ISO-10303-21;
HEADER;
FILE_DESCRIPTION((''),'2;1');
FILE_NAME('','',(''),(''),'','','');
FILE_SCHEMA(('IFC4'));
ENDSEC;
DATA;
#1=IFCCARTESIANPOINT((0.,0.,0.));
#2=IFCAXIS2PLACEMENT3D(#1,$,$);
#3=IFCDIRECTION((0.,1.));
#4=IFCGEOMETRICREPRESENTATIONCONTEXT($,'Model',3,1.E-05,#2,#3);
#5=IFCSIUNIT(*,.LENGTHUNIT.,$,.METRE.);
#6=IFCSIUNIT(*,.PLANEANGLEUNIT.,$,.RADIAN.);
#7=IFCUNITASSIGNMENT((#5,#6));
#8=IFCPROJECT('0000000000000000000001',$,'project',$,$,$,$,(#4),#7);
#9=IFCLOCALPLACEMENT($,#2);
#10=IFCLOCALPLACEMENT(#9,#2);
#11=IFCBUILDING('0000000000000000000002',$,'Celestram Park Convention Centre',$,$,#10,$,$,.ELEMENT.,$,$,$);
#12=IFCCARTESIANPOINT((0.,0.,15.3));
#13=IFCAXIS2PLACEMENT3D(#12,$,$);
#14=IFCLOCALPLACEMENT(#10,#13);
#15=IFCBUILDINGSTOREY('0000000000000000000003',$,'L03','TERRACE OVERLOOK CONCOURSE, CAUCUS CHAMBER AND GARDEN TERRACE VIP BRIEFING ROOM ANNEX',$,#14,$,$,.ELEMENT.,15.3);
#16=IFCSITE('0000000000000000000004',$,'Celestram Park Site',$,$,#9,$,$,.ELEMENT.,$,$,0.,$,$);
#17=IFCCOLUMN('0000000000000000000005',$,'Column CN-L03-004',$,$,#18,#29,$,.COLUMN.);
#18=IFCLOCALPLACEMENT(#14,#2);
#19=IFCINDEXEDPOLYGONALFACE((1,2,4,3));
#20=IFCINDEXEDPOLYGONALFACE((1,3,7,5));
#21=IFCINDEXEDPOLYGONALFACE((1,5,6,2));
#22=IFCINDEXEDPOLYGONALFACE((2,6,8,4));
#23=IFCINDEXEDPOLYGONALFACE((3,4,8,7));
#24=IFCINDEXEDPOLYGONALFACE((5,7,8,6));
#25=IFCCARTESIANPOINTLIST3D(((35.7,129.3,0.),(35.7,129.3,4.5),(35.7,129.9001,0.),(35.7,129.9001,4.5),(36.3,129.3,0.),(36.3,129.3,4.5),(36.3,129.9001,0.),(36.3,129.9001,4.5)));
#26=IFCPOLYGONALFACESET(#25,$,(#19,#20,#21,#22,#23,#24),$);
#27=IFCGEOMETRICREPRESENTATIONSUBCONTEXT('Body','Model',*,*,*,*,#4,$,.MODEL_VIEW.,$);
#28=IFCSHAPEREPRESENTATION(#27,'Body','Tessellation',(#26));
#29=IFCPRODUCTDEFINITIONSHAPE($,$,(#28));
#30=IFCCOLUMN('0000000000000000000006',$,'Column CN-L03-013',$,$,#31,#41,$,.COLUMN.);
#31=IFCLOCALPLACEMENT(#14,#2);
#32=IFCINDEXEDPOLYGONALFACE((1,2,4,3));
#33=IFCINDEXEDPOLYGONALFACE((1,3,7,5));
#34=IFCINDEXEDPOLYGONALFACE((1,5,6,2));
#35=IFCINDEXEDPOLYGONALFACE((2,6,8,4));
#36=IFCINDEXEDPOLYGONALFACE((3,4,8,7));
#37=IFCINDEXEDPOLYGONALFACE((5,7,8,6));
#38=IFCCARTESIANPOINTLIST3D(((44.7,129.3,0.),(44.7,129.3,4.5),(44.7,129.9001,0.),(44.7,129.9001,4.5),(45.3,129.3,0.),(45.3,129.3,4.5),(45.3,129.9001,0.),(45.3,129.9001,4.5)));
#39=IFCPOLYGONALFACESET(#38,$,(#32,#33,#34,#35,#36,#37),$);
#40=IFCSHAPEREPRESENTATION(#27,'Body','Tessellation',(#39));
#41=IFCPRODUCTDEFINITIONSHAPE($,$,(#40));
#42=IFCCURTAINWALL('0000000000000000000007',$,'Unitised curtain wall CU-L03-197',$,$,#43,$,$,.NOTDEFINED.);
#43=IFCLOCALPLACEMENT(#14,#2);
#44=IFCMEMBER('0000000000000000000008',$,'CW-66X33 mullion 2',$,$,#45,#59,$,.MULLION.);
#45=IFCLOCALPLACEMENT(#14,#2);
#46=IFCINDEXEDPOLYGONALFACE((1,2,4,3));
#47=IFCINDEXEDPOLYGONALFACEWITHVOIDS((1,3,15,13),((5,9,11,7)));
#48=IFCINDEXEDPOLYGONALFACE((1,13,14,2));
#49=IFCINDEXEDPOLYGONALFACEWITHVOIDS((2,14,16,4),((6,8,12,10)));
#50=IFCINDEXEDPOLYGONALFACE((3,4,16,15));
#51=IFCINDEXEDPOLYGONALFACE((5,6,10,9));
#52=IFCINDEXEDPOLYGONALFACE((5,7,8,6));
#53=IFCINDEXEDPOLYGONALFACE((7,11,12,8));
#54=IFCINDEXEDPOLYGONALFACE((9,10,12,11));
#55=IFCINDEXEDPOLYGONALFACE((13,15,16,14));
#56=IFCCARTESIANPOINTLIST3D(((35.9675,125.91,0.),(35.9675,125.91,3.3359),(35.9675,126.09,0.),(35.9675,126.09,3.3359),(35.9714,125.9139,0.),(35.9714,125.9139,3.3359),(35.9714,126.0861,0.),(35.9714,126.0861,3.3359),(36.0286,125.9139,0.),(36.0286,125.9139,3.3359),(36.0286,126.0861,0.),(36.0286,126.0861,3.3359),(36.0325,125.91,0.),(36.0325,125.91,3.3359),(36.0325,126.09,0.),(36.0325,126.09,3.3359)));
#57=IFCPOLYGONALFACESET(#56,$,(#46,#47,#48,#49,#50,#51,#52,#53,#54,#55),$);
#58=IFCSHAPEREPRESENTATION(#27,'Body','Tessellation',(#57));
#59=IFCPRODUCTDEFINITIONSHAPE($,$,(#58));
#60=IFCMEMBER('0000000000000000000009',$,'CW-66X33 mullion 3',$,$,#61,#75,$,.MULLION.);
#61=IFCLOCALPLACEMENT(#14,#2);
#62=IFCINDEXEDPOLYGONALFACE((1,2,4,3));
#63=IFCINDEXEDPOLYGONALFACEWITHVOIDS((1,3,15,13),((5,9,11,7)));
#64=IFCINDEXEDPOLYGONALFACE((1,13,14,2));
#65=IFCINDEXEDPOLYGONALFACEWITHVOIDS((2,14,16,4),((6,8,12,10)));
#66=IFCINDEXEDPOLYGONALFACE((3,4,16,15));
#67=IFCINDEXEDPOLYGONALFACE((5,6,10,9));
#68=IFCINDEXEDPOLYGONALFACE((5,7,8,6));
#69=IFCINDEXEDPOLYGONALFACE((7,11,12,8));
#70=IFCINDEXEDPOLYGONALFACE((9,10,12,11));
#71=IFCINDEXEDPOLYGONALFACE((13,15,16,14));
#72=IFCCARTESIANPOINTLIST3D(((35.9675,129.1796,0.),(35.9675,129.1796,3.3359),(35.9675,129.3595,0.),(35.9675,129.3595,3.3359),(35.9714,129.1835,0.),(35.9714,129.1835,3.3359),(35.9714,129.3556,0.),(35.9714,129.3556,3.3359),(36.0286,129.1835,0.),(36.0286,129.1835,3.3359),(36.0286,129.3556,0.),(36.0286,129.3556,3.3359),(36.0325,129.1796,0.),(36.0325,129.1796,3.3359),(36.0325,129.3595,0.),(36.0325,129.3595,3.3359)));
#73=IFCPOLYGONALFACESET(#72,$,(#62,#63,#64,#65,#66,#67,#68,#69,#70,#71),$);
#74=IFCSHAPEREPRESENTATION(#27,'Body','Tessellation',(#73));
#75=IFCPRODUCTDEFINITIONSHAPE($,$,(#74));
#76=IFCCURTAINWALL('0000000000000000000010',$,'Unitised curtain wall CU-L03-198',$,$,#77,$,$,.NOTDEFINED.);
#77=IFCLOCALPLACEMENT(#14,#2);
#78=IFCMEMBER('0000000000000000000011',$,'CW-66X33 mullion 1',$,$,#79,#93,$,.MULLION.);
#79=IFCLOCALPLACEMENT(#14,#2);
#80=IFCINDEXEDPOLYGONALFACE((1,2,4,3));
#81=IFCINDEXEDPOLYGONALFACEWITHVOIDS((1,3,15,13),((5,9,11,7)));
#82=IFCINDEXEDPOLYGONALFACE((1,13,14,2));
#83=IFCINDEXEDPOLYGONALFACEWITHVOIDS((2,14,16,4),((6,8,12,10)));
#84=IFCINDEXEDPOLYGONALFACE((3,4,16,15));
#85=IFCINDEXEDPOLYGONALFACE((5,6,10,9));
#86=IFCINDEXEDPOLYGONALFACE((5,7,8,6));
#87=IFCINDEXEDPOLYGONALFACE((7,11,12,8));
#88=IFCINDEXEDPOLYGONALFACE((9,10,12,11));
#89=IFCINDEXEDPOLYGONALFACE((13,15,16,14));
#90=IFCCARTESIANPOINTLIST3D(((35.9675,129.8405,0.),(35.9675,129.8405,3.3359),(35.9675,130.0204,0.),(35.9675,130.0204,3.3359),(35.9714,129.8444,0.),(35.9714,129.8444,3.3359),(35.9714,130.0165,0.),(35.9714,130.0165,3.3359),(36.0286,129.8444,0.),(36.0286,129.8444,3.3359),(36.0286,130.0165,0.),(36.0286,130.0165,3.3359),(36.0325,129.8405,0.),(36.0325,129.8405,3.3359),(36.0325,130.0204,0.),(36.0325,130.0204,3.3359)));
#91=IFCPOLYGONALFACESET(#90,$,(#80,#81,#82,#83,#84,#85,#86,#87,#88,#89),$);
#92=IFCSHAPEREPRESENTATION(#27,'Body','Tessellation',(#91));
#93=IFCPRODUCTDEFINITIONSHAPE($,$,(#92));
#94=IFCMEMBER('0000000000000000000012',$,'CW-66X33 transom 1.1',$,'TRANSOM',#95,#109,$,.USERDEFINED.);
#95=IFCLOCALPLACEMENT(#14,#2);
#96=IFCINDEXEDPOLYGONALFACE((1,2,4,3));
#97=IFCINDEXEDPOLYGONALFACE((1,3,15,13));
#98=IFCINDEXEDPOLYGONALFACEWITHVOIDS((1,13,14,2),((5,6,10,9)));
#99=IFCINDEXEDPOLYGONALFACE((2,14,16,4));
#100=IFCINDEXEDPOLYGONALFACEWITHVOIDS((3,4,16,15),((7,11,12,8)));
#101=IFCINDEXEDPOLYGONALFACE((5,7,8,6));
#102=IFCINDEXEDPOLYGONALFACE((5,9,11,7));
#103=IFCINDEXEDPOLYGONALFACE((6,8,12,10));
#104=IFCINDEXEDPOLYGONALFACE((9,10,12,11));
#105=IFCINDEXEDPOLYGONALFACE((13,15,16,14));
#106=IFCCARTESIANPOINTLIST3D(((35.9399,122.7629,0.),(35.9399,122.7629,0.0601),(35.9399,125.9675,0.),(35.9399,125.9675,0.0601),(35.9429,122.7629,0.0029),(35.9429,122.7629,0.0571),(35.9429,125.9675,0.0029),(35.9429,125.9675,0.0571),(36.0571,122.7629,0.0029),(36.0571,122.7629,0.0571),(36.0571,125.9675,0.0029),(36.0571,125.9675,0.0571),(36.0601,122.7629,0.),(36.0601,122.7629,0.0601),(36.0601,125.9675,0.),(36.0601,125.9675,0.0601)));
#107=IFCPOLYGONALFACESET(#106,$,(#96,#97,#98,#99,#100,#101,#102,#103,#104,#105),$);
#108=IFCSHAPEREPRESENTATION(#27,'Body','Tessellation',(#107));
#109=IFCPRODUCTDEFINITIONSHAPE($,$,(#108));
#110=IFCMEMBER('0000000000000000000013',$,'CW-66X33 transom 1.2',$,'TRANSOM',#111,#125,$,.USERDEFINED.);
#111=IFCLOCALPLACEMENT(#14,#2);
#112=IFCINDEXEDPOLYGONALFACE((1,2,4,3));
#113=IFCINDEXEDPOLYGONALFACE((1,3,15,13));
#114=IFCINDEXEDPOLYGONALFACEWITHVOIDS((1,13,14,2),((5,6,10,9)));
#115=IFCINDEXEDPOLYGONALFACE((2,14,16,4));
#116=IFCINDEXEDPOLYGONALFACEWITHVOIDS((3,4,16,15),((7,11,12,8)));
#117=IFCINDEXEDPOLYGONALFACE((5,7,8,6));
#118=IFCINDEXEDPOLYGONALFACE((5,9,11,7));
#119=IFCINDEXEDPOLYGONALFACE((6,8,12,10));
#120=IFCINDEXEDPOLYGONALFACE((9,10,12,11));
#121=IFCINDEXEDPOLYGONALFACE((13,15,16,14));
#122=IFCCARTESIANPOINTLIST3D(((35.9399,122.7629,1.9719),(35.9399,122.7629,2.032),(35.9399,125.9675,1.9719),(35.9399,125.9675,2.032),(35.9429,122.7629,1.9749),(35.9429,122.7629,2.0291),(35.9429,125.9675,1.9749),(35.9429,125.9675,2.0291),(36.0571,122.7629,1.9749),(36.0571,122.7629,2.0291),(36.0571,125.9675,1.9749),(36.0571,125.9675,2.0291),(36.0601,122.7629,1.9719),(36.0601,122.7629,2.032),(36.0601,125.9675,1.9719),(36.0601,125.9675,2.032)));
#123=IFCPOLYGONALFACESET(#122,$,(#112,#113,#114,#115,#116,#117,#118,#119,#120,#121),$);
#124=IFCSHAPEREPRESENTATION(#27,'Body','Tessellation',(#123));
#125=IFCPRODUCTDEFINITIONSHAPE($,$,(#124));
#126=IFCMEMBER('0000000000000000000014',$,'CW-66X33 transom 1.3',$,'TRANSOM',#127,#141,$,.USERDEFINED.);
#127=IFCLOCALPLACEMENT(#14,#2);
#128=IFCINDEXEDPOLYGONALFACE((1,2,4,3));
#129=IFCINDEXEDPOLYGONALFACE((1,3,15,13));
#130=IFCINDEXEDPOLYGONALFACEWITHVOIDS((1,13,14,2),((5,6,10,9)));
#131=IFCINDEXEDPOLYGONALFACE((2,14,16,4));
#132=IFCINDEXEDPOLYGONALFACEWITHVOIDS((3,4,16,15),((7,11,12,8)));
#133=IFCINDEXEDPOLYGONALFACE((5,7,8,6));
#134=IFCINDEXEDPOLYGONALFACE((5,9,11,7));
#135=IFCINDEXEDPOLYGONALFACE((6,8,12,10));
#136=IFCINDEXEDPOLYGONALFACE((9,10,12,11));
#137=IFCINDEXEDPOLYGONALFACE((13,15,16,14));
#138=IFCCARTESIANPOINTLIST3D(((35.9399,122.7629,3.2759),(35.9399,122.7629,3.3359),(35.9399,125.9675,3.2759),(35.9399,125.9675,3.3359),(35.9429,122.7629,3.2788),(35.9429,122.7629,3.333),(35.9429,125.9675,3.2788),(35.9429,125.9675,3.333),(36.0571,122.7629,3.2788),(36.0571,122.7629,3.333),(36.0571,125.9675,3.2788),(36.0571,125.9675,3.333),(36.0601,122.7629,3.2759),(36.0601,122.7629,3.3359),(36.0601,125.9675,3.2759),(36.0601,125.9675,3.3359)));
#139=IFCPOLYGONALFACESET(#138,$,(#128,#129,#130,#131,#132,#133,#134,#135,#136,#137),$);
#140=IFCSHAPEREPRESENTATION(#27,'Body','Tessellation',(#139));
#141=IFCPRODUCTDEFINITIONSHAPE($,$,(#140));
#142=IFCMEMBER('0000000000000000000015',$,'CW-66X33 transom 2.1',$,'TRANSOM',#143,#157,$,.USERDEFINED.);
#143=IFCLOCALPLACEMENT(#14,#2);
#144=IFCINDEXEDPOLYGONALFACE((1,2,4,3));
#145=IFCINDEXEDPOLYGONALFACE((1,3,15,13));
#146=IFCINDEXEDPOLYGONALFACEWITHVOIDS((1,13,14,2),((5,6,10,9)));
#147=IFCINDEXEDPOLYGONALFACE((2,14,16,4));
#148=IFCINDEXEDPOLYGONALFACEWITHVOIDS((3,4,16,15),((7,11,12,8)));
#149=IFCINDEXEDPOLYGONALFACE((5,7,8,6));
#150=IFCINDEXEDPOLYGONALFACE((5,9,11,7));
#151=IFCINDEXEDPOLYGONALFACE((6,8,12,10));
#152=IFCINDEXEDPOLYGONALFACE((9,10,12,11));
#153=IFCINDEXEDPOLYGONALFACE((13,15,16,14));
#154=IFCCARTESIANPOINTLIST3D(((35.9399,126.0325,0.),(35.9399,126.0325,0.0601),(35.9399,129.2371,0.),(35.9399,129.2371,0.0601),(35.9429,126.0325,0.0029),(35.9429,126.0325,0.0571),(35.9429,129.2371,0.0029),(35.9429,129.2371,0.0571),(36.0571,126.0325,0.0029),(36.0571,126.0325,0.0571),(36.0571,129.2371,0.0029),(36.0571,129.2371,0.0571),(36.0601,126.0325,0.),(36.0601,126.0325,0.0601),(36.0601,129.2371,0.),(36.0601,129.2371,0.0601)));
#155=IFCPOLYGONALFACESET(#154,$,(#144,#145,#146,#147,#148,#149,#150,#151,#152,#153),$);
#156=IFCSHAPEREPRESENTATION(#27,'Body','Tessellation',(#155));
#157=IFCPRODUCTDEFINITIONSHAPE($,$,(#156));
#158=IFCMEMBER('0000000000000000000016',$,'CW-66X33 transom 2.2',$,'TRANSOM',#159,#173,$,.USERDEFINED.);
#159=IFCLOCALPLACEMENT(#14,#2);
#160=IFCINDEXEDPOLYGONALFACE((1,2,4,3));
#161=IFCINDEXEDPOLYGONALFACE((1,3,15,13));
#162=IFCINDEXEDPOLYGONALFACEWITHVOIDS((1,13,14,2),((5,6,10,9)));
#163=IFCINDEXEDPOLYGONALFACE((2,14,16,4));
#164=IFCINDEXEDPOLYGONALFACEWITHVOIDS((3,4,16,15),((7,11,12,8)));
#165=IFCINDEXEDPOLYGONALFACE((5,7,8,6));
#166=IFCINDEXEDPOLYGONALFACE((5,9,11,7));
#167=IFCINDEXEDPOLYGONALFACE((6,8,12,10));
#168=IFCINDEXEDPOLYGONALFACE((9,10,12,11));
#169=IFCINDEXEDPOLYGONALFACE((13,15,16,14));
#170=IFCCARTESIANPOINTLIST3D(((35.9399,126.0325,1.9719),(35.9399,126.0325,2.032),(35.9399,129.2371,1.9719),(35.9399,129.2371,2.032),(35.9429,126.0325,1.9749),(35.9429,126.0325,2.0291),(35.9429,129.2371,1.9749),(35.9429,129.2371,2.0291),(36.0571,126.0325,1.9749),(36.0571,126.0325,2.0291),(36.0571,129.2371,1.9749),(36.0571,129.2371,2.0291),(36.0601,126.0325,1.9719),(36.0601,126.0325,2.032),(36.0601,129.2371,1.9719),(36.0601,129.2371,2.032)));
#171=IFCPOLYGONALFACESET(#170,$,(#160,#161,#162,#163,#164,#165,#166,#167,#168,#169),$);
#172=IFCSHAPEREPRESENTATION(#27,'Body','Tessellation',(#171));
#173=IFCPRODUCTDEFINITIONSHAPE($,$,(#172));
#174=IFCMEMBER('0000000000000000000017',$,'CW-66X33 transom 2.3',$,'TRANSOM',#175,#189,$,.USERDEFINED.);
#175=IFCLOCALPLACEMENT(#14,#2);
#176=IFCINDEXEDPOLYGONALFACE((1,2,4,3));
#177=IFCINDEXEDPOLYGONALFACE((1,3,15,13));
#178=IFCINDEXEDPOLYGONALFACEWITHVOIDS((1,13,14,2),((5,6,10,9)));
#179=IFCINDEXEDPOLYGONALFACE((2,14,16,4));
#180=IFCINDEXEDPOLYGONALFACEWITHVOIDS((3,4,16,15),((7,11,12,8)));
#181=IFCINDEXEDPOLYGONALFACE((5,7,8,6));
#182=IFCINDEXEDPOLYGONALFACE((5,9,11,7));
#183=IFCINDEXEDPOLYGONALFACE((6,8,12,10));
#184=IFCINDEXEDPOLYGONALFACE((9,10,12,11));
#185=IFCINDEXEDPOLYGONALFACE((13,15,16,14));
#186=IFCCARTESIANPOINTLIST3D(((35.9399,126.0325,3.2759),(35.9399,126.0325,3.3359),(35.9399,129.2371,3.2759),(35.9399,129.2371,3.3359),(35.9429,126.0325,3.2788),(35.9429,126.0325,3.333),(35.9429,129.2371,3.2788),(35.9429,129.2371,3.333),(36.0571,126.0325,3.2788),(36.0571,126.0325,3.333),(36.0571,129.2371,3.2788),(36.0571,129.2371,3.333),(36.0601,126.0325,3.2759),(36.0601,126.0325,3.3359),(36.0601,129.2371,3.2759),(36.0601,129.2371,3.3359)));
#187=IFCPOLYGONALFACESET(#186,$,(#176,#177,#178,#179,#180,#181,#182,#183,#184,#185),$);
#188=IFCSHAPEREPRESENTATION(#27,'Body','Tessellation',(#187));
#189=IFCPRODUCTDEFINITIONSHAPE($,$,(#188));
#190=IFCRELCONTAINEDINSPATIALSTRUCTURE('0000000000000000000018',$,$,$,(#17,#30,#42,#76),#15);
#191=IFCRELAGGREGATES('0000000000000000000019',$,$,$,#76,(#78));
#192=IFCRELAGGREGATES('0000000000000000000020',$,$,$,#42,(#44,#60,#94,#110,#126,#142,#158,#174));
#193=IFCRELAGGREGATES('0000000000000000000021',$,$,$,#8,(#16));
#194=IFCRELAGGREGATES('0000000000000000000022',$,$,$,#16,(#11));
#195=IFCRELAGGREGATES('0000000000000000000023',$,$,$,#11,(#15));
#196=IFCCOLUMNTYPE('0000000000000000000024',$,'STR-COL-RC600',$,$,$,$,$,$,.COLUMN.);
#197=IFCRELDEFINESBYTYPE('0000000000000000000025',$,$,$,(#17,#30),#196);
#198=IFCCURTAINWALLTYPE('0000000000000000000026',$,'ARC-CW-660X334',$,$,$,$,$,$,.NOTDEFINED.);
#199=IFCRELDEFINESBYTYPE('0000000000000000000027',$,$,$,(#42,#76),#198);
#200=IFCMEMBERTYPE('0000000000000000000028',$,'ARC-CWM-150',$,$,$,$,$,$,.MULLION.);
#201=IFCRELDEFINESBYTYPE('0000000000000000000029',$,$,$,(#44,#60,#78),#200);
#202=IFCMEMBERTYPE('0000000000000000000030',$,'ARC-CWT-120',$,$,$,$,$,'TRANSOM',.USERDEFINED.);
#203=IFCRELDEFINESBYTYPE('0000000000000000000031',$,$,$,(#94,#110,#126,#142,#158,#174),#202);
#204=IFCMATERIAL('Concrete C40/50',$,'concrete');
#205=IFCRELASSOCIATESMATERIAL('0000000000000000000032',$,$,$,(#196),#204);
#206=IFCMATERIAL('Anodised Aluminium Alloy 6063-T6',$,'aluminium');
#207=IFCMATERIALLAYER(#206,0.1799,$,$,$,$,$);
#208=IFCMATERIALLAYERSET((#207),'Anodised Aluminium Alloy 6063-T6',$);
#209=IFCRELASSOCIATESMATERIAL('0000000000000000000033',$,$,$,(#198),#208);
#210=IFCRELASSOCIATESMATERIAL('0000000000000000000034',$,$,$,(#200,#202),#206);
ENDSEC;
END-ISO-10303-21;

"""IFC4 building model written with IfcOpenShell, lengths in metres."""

from ifc_helpers import new_model, si_unit, direction, frame, origin, origin_2d, place, context, subcontext, project, spatial, rectangle, hollow_rectangle, extrude, material, layer, layer_set, material_profile, profile_set, type_object, element, aggregate, save


model = new_model("IFC4")

# Units and contexts
model_context = context("Model", 3, precision=1e-05, world=origin(), true_north=direction((0.0, 1.0)))
body_context = subcontext(model_context, "Body", "Model", "MODEL_VIEW")
ifc_project = project(units=[si_unit("LENGTHUNIT", "METRE"), si_unit("PLANEANGLEUNIT", "RADIAN")], contexts=[model_context])

# Site, building, storey
site_placement = place(None, origin())
site = spatial("IfcSite", under=ifc_project, at=site_placement, Name="Celestram Park Site", CompositionType="ELEMENT", RefElevation=0.0)
building_placement = place(site_placement, origin())
building = spatial("IfcBuilding", under=site, at=building_placement, Name="Celestram Park Convention Centre", CompositionType="ELEMENT")
storey_placement = place(building_placement, frame((0.0, 0.0, 15.3)))
storey = spatial("IfcBuildingStorey", under=building, at=storey_placement, Name="L03", Description="TERRACE OVERLOOK CONCOURSE, CAUCUS CHAMBER AND GARDEN TERRACE VIP BRIEFING ROOM ANNEX", CompositionType="ELEMENT", Elevation=15.3)

# Columns
ifc_material_1 = material(Name="Concrete C40/50", Category="concrete")
ifc_material_profile_1 = material_profile(ifc_material_1, rectangle(XDim=0.6001, YDim=0.6001, at=origin_2d()), Name="RC600X600")
ifc_profile_set_1 = profile_set([ifc_material_profile_1], Name="Concrete C40/50")
column_type = type_object("IfcColumnType", Name="STR-COL-RC600", PredefinedType="COLUMN", material=ifc_profile_set_1)
for number, where, z_axis, x_axis, name in (
    (1, (36.0, 129.6001, 0.0), (0.0, 0.0, 1.0), (1.0, 0.0, 0.0), "Column CN-L03-004"),
    (2, (45.0, 129.6001, 0.0), (0.0, 0.0, 1.0), (1.0, 0.0, 0.0), "Column CN-L03-013"),
):
    element("IfcColumn", number, at=place(storey_placement, frame(where, z_axis=z_axis, x_axis=x_axis)), inside=storey, type_object=column_type, Name=name, PredefinedType="COLUMN", context=body_context, shape_type="SweptSolid", body=[
        extrude(rectangle(XDim=0.6001, YDim=0.6001, at=origin_2d()), origin(), (0.0, 0.0, 1.0), 4.5),
    ])

# Curtain wall, members
ifc_material_2 = material(Name="Anodised Aluminium Alloy 6063-T6", Category="aluminium")
ifc_layer_1 = layer(ifc_material_2, 0.1799)
ifc_layer_set_1 = layer_set([ifc_layer_1], Name="Anodised Aluminium Alloy 6063-T6")
curtain_wall_type = type_object("IfcCurtainWallType", Name="ARC-CW-660X334", PredefinedType="NOTDEFINED", material=ifc_layer_set_1)
curtain_wall_1_placement = place(storey_placement, origin())
curtain_wall_1 = element("IfcCurtainWall", 3, at=curtain_wall_1_placement, inside=storey, type_object=curtain_wall_type, Name="Unitised curtain wall CU-L03-197", PredefinedType="NOTDEFINED")
ifc_material_profile_2 = material_profile(ifc_material_2, hollow_rectangle(XDim=0.0649, YDim=0.1799, WallThickness=0.0039, at=origin_2d()), Name="ALU65X180X4")
ifc_profile_set_2 = profile_set([ifc_material_profile_2], Name="Anodised Aluminium Alloy 6063-T6")
member_type_1 = type_object("IfcMemberType", Name="ARC-CWM-150", PredefinedType="MULLION", material=ifc_profile_set_2)
member_1_placement = place(storey_placement, frame((36.0, 126.0, 0.0), z_axis=(0.0, 0.0, 1.0), x_axis=(-1.0, 0.0, 0.0)))
member_1 = element("IfcMember", 4, at=member_1_placement, type_object=member_type_1, Name="CW-66X33 mullion 2", PredefinedType="MULLION", context=body_context, shape_type="SweptSolid", body=[
    extrude(hollow_rectangle(XDim=0.0649, YDim=0.1799, WallThickness=0.0039, at=origin_2d()), origin(), (0.0, 0.0, 1.0), 3.3359),
])
member_2_placement = place(storey_placement, frame((36.0, 129.2695, 0.0), z_axis=(0.0, 0.0, 1.0), x_axis=(-1.0, 0.0, 0.0)))
member_2 = element("IfcMember", 5, at=member_2_placement, type_object=member_type_1, Name="CW-66X33 mullion 3", PredefinedType="MULLION", context=body_context, shape_type="SweptSolid", body=[
    extrude(hollow_rectangle(XDim=0.0649, YDim=0.1799, WallThickness=0.0039, at=origin_2d()), origin(), (0.0, 0.0, 1.0), 3.3359),
])

# Curtain wall, member
curtain_wall_2_placement = place(storey_placement, origin())
curtain_wall_2 = element("IfcCurtainWall", 6, at=curtain_wall_2_placement, inside=storey, type_object=curtain_wall_type, Name="Unitised curtain wall CU-L03-198", PredefinedType="NOTDEFINED")
member_3_placement = place(storey_placement, frame((36.0, 129.9304, 0.0), z_axis=(0.0, 0.0, 1.0), x_axis=(-1.0, 0.0, 0.0)))
member_3 = element("IfcMember", 7, at=member_3_placement, type_object=member_type_1, Name="CW-66X33 mullion 1", PredefinedType="MULLION", context=body_context, shape_type="SweptSolid", body=[
    extrude(hollow_rectangle(XDim=0.0649, YDim=0.1799, WallThickness=0.0039, at=origin_2d()), origin(), (0.0, 0.0, 1.0), 3.3359),
])
aggregate(curtain_wall_2, [member_3])

# Members
ifc_material_profile_3 = material_profile(ifc_material_2, hollow_rectangle(XDim=0.1201, YDim=0.0601, WallThickness=0.0029, at=origin_2d()), Name="ALU120X60X3")
ifc_profile_set_3 = profile_set([ifc_material_profile_3], Name="Anodised Aluminium Alloy 6063-T6")
member_type_2 = type_object("IfcMemberType", Name="ARC-CWT-120", ElementType="TRANSOM", PredefinedType="USERDEFINED", material=ifc_profile_set_3)
member_4_placement = place(storey_placement, frame((36.0, 122.7629, 0.03), z_axis=(0.0, 1.0, 0.0), x_axis=(-1.0, 0.0, 0.0)))
member_4 = element("IfcMember", 8, at=member_4_placement, type_object=member_type_2, Name="CW-66X33 transom 1.1", ObjectType="TRANSOM", PredefinedType="USERDEFINED", context=body_context, shape_type="SweptSolid", body=[
    extrude(hollow_rectangle(XDim=0.1201, YDim=0.0601, WallThickness=0.0029, at=origin_2d()), origin(), (0.0, 0.0, 1.0), 3.2046),
])
member_5_placement = place(storey_placement, frame((36.0, 122.7629, 2.002), z_axis=(0.0, 1.0, 0.0), x_axis=(-1.0, 0.0, 0.0)))
member_5 = element("IfcMember", 9, at=member_5_placement, type_object=member_type_2, Name="CW-66X33 transom 1.2", ObjectType="TRANSOM", PredefinedType="USERDEFINED", context=body_context, shape_type="SweptSolid", body=[
    extrude(hollow_rectangle(XDim=0.1201, YDim=0.0601, WallThickness=0.0029, at=origin_2d()), origin(), (0.0, 0.0, 1.0), 3.2046),
])
member_6_placement = place(storey_placement, frame((36.0, 122.7629, 3.3059), z_axis=(0.0, 1.0, 0.0), x_axis=(-1.0, 0.0, 0.0)))
member_6 = element("IfcMember", 10, at=member_6_placement, type_object=member_type_2, Name="CW-66X33 transom 1.3", ObjectType="TRANSOM", PredefinedType="USERDEFINED", context=body_context, shape_type="SweptSolid", body=[
    extrude(hollow_rectangle(XDim=0.1201, YDim=0.0601, WallThickness=0.0029, at=origin_2d()), origin(), (0.0, 0.0, 1.0), 3.2046),
])
member_7_placement = place(storey_placement, frame((36.0, 126.0325, 0.03), z_axis=(0.0, 1.0, 0.0), x_axis=(-1.0, 0.0, 0.0)))
member_7 = element("IfcMember", 11, at=member_7_placement, type_object=member_type_2, Name="CW-66X33 transom 2.1", ObjectType="TRANSOM", PredefinedType="USERDEFINED", context=body_context, shape_type="SweptSolid", body=[
    extrude(hollow_rectangle(XDim=0.1201, YDim=0.0601, WallThickness=0.0029, at=origin_2d()), origin(), (0.0, 0.0, 1.0), 3.2046),
])
member_8_placement = place(storey_placement, frame((36.0, 126.0325, 2.002), z_axis=(0.0, 1.0, 0.0), x_axis=(-1.0, 0.0, 0.0)))
member_8 = element("IfcMember", 12, at=member_8_placement, type_object=member_type_2, Name="CW-66X33 transom 2.2", ObjectType="TRANSOM", PredefinedType="USERDEFINED", context=body_context, shape_type="SweptSolid", body=[
    extrude(hollow_rectangle(XDim=0.1201, YDim=0.0601, WallThickness=0.0029, at=origin_2d()), origin(), (0.0, 0.0, 1.0), 3.2046),
])
member_9_placement = place(storey_placement, frame((36.0, 126.0325, 3.3059), z_axis=(0.0, 1.0, 0.0), x_axis=(-1.0, 0.0, 0.0)))
member_9 = element("IfcMember", 13, at=member_9_placement, type_object=member_type_2, Name="CW-66X33 transom 2.3", ObjectType="TRANSOM", PredefinedType="USERDEFINED", context=body_context, shape_type="SweptSolid", body=[
    extrude(hollow_rectangle(XDim=0.1201, YDim=0.0601, WallThickness=0.0029, at=origin_2d()), origin(), (0.0, 0.0, 1.0), 3.2046),
])

aggregate(curtain_wall_1, [member_1, member_2, member_4, member_5, member_6, member_7, member_8, member_9])

save(model, "model.ifc")
